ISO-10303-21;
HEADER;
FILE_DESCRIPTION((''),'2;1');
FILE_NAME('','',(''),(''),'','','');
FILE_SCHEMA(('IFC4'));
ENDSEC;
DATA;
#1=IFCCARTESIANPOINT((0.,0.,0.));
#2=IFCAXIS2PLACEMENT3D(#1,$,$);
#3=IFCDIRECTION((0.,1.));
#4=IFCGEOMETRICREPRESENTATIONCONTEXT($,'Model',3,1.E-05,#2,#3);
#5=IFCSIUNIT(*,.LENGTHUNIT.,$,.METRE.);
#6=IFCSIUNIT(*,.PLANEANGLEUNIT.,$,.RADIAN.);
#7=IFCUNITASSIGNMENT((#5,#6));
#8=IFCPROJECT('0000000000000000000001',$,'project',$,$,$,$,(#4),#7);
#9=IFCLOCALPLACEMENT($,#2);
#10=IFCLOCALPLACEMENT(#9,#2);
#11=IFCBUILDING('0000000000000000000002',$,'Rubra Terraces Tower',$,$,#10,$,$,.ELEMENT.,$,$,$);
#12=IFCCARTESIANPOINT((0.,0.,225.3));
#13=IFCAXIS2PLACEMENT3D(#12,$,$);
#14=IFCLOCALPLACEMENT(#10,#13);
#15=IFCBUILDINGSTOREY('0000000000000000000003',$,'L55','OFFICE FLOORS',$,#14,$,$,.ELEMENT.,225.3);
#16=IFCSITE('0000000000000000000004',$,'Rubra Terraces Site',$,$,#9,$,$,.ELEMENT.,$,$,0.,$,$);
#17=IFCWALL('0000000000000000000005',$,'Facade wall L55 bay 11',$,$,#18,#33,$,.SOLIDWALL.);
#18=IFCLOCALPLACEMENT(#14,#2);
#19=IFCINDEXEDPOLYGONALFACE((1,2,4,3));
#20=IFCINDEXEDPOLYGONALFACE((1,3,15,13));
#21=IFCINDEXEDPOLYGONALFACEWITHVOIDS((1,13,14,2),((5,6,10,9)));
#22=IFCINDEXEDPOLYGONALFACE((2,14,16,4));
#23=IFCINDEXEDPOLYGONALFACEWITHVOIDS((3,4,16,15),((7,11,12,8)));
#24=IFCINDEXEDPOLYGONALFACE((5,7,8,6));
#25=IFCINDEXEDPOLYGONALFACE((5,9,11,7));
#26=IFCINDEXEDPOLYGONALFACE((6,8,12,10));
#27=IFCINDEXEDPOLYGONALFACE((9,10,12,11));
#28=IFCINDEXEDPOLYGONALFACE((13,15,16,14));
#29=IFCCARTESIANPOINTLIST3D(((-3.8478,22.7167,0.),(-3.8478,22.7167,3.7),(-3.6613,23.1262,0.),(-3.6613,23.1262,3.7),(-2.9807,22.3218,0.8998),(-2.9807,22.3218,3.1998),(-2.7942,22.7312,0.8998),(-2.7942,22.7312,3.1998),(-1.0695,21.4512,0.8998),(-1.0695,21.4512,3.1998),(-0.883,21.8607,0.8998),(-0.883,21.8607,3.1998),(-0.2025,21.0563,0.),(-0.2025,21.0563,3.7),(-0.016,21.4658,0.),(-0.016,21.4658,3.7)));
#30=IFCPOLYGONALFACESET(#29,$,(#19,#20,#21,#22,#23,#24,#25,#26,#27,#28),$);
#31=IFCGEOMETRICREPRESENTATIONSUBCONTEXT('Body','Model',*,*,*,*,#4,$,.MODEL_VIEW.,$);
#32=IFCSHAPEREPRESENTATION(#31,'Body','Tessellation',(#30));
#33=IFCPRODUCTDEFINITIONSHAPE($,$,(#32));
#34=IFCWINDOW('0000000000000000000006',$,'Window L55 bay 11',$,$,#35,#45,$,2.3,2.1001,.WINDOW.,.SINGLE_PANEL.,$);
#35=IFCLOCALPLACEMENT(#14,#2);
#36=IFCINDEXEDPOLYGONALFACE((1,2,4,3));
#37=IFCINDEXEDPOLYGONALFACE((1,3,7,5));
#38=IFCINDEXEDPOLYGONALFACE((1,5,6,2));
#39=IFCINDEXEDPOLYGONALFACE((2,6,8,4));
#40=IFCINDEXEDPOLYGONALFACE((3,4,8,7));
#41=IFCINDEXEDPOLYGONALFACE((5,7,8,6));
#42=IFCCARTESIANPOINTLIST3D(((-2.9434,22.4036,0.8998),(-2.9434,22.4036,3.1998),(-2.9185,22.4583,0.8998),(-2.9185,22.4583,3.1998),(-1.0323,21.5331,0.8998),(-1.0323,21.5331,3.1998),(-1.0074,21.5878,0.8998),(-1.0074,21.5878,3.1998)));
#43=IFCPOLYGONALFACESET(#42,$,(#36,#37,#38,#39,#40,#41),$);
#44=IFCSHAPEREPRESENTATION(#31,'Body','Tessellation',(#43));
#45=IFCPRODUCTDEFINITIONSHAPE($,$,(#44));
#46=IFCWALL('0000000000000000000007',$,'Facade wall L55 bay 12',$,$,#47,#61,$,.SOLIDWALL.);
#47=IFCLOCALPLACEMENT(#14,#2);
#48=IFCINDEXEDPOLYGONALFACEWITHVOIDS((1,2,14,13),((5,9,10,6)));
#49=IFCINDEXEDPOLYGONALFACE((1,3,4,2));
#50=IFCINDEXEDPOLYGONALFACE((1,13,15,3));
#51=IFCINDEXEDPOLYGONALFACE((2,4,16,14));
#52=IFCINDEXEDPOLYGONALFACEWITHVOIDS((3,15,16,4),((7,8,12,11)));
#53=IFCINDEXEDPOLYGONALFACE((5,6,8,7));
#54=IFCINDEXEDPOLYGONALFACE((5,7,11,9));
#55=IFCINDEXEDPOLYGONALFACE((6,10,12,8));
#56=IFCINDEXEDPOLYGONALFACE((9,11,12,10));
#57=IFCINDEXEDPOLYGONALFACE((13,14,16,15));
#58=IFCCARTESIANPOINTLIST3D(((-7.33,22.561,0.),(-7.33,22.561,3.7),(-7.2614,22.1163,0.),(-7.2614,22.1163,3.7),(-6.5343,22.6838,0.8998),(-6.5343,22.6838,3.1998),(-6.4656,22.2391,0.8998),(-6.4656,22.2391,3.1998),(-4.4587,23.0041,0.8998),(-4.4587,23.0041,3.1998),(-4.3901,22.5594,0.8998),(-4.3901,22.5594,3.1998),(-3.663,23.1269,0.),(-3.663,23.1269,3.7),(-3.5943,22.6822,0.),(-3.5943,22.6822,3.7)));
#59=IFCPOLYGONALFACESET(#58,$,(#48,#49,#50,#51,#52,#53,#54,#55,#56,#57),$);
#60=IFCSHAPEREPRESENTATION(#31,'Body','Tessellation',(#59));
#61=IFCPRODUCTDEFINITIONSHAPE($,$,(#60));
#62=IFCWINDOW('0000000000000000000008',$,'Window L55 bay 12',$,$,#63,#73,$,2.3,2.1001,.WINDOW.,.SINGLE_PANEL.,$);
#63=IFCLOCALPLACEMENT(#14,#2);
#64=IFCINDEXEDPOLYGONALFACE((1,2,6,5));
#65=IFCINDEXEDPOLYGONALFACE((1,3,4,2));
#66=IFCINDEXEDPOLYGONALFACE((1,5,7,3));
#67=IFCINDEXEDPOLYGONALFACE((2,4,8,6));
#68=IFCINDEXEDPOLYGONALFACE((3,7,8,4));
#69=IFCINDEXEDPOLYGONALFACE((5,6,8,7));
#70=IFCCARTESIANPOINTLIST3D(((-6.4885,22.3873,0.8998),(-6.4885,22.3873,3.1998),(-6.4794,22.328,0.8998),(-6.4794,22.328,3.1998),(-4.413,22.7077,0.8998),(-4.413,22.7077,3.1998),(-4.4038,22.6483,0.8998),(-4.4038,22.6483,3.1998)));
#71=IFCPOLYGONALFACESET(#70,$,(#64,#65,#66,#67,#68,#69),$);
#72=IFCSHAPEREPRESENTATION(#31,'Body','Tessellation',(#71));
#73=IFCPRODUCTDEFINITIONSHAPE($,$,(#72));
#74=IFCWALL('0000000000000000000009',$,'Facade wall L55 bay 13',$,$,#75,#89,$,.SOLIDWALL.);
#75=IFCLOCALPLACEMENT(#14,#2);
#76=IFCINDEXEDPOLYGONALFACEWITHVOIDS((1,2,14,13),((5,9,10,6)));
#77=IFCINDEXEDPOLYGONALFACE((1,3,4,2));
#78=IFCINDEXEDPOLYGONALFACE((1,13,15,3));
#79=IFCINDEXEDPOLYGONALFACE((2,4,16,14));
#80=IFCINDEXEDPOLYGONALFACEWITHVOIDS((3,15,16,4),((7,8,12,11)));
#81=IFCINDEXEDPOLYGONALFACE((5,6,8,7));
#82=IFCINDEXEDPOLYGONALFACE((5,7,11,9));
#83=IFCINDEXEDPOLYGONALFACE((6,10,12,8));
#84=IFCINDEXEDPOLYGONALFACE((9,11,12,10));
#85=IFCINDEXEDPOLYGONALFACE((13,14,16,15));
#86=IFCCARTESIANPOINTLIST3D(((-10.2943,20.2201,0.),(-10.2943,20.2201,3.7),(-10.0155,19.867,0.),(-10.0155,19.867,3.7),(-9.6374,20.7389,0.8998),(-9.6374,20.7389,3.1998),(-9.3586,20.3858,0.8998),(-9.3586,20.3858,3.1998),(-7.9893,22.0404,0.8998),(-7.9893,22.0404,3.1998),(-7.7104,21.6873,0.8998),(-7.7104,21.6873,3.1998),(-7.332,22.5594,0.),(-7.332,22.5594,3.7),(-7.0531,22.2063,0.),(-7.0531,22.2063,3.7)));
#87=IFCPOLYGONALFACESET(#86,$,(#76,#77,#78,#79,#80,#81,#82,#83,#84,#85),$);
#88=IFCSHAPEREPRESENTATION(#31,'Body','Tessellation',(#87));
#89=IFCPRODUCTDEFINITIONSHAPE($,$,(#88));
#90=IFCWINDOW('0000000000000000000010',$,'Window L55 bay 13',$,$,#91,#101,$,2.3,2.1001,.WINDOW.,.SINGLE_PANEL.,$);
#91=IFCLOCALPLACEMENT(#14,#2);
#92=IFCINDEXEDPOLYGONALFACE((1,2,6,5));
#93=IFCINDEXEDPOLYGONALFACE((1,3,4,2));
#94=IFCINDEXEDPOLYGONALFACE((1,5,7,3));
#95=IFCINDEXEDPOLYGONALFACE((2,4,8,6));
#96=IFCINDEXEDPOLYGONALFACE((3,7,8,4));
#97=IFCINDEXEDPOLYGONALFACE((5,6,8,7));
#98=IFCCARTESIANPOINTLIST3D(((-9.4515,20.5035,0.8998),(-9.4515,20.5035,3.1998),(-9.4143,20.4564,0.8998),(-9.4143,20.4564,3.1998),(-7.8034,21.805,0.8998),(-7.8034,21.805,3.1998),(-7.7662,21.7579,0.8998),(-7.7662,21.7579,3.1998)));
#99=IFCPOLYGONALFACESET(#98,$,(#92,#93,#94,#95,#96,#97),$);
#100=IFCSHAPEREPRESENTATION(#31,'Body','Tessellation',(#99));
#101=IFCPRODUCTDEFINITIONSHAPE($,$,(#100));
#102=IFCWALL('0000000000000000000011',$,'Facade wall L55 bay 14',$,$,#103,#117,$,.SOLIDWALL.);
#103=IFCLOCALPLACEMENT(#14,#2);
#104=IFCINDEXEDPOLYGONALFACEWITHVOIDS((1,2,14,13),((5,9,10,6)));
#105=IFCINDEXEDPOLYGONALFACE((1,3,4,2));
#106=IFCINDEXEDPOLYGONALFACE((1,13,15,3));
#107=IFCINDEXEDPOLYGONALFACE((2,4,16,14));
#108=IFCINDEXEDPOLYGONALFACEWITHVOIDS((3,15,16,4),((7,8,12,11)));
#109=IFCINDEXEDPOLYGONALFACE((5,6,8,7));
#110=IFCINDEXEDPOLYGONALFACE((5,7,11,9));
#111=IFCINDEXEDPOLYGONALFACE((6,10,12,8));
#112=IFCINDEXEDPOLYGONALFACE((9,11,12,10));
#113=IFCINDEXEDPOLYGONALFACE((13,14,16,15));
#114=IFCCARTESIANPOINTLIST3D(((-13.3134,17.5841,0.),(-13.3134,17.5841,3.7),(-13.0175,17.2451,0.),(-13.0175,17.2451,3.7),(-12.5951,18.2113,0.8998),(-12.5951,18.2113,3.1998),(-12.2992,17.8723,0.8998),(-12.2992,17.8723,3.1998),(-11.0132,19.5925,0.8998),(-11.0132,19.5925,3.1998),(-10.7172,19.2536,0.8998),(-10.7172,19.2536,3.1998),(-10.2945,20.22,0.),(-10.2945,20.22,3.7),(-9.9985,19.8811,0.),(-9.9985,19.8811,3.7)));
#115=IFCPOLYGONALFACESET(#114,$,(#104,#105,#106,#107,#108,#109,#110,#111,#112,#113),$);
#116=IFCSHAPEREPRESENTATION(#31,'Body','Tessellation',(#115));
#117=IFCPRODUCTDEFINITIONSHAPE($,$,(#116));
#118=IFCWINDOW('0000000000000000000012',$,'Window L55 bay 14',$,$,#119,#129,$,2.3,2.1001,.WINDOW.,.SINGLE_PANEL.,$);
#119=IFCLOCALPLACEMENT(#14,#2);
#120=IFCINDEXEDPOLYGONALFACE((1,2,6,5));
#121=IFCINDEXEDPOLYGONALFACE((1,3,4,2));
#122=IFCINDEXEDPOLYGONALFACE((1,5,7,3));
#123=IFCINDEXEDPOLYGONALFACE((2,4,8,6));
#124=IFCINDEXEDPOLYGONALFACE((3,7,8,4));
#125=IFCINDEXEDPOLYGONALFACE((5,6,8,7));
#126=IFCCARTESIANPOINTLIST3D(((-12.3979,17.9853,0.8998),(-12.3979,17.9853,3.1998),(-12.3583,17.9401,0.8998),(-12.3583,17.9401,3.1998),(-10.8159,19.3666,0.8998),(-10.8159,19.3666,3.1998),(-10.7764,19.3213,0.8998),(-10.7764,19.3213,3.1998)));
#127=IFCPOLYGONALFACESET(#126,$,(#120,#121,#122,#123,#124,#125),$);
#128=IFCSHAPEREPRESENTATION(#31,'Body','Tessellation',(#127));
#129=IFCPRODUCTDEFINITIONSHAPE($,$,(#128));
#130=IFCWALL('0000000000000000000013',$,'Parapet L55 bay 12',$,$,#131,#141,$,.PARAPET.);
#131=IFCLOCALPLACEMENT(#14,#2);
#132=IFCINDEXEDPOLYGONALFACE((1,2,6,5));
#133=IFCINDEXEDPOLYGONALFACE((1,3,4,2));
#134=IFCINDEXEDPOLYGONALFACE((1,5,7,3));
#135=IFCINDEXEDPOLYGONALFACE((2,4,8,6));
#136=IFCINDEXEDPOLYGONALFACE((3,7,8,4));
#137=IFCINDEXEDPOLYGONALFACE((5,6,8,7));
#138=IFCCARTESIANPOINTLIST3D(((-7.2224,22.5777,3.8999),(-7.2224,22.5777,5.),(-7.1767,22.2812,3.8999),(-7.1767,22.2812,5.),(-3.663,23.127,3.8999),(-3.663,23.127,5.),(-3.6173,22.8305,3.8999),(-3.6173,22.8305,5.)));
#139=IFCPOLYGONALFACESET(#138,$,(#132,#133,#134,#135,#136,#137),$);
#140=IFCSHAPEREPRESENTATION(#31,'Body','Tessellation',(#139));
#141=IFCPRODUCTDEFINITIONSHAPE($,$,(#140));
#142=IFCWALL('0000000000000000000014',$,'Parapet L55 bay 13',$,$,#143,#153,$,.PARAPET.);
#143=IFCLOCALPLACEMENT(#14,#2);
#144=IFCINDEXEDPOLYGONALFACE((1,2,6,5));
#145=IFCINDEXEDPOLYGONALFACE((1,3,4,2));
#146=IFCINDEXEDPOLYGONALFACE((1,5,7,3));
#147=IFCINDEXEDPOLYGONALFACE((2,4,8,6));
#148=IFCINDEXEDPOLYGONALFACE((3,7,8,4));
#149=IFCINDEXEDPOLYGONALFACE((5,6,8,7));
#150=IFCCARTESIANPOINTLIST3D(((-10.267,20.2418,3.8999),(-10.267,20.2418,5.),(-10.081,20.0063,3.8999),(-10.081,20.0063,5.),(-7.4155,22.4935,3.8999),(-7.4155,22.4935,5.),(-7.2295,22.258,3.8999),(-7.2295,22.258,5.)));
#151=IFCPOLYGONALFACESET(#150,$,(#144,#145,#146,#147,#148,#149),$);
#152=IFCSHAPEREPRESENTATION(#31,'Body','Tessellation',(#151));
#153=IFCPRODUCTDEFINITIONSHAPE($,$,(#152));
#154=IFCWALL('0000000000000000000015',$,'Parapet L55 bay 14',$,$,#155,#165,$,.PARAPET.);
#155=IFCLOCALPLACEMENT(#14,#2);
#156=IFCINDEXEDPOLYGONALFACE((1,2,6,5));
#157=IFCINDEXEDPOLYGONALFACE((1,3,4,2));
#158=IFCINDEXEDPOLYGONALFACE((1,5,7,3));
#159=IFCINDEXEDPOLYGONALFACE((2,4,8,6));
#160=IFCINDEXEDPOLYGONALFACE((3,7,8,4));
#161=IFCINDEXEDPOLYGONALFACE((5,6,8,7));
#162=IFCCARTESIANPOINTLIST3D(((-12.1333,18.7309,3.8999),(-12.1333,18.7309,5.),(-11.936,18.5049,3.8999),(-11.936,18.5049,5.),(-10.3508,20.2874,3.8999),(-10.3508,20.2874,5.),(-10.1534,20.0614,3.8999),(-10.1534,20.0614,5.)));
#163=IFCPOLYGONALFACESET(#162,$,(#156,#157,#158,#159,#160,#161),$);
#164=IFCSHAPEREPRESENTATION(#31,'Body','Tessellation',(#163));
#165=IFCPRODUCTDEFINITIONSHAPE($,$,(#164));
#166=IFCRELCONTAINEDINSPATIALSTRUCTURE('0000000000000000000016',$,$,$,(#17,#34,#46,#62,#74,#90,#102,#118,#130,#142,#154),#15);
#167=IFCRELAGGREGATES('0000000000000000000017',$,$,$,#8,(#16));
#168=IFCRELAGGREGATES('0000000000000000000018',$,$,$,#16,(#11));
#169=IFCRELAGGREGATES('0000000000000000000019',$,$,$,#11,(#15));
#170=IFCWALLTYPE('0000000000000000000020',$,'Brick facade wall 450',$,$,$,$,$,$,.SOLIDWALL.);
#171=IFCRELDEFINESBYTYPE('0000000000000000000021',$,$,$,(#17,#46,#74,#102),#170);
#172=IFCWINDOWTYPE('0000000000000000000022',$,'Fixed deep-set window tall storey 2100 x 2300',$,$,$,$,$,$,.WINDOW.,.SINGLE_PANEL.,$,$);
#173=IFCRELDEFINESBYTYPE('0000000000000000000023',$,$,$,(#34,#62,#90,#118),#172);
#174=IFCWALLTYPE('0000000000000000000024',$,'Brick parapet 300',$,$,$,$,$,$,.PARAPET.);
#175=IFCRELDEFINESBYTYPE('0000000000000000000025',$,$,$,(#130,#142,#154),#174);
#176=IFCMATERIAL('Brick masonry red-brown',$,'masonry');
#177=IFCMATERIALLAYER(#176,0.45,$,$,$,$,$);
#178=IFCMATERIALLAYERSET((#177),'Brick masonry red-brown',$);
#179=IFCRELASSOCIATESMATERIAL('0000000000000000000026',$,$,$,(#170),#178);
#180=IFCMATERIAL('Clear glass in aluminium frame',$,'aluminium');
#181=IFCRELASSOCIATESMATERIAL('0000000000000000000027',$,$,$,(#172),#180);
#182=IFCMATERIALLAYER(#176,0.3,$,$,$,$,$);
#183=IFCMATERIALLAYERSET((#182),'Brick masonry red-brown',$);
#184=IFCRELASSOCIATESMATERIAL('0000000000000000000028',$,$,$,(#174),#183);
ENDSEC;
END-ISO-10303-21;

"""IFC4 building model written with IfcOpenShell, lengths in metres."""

from ifc_helpers import new_model, si_unit, direction, frame, frame_2d, origin, place, context, subcontext, project, spatial, rectangle, extrude, material, layer, layer_set, type_object, element, fill, save


model = new_model("IFC4")

# Units and contexts
model_context = context("Model", 3, precision=1e-05, world=origin(), true_north=direction((0.0, 1.0)))
body_context = subcontext(model_context, "Body", "Model", "MODEL_VIEW")
ifc_project = project(units=[si_unit("LENGTHUNIT", "METRE"), si_unit("PLANEANGLEUNIT", "RADIAN")], contexts=[model_context])

# Site, building, storey
site_placement = place(None, origin())
site = spatial("IfcSite", under=ifc_project, at=site_placement, Name="Rubra Terraces Site", CompositionType="ELEMENT", RefElevation=0.0)
building_placement = place(site_placement, origin())
building = spatial("IfcBuilding", under=site, at=building_placement, Name="Rubra Terraces Tower", CompositionType="ELEMENT")
storey_placement = place(building_placement, frame((0.0, 0.0, 225.3)))
storey = spatial("IfcBuildingStorey", under=building, at=storey_placement, Name="L55", Description="OFFICE FLOORS", CompositionType="ELEMENT", Elevation=225.3)

# Walls, openings, windows
ifc_material_1 = material(Name="Brick masonry red-brown", Category="masonry")
ifc_layer_1 = layer(ifc_material_1, 0.45)
ifc_layer_set_1 = layer_set([ifc_layer_1], Name="Brick masonry red-brown")
wall_type_1 = type_object("IfcWallType", Name="Brick facade wall 450", PredefinedType="SOLIDWALL", material=ifc_layer_set_1)
wall_1_placement = place(storey_placement, frame((-0.1091, 21.261, 0.0), z_axis=(0.0, 0.0, 1.0), x_axis=(-0.910041, 0.414519, 0.0)))
wall_1 = element("IfcWall", 1, at=wall_1_placement, inside=storey, type_object=wall_type_1, Name="Facade wall L55 bay 11", PredefinedType="SOLIDWALL", context=body_context, shape_type="SweptSolid", body=[
    extrude(rectangle(XDim=4.0056, YDim=0.45, at=frame_2d((2.0029, 0.0))), origin(), (0.0, 0.0, 1.0), 3.7),
])
opening_1_placement = place(wall_1_placement, frame((0.9529, 0.0, 0.8999)))
opening_1 = element("IfcOpeningElement", 2, at=opening_1_placement, cuts=wall_1, PredefinedType="OPENING", context=body_context, shape_type="SweptSolid", body=[
    extrude(rectangle(XDim=2.1001, YDim=2.3, at=frame_2d((1.05, 1.1499))), frame((0.0, 0.2349, 0.0), z_axis=(0.0, -1.0, 0.0), x_axis=(1.0, 0.0, 0.0)), (0.0, 0.0, 1.0), 0.47),
])
ifc_material_2 = material(Name="Clear glass in aluminium frame", Category="aluminium")
window_type = type_object("IfcWindowType", Name="Fixed deep-set window tall storey 2100 x 2300", PartitioningType="SINGLE_PANEL", PredefinedType="WINDOW", material=ifc_material_2)
window_1_placement = place(opening_1_placement, origin())
window_1 = element("IfcWindow", 3, at=window_1_placement, inside=storey, type_object=window_type, Name="Window L55 bay 11", OverallHeight=2.3, OverallWidth=2.1001, PartitioningType="SINGLE_PANEL", PredefinedType="WINDOW", context=body_context, shape_type="SweptSolid", body=[
    extrude(rectangle(XDim=2.1001, YDim=2.3, at=frame_2d((1.05, 1.1499))), frame((0.0, 0.135, 0.0), z_axis=(0.0, -1.0, 0.0), x_axis=(1.0, 0.0, 0.0)), (0.0, 0.0, 1.0), 0.0601),
])
fill(opening_1, window_1)
wall_2_placement = place(storey_placement, frame((-3.6287, 22.9045, 0.0), z_axis=(0.0, 0.0, 1.0), x_axis=(-0.9883, -0.152522, 0.0)))
wall_2 = element("IfcWall", 4, at=wall_2_placement, inside=storey, type_object=wall_type_1, Name="Facade wall L55 bay 12", PredefinedType="SOLIDWALL", context=body_context, shape_type="SweptSolid", body=[
    extrude(rectangle(XDim=3.7104, YDim=0.45, at=frame_2d((1.8552, 0.0))), origin(), (0.0, 0.0, 1.0), 3.7),
])
opening_2_placement = place(wall_2_placement, frame((0.8052, 0.0, 0.8999)))
opening_2 = element("IfcOpeningElement", 5, at=opening_2_placement, cuts=wall_2, PredefinedType="OPENING", context=body_context, shape_type="SweptSolid", body=[
    extrude(rectangle(XDim=2.1001, YDim=2.3, at=frame_2d((1.05, 1.1499))), frame((0.0, 0.2349, 0.0), z_axis=(0.0, -1.0, 0.0), x_axis=(1.0, 0.0, 0.0)), (0.0, 0.0, 1.0), 0.47),
])
window_2_placement = place(opening_2_placement, origin())
window_2 = element("IfcWindow", 6, at=window_2_placement, inside=storey, type_object=window_type, Name="Window L55 bay 12", OverallHeight=2.3, OverallWidth=2.1001, PartitioningType="SINGLE_PANEL", PredefinedType="WINDOW", context=body_context, shape_type="SweptSolid", body=[
    extrude(rectangle(XDim=2.1001, YDim=2.3, at=frame_2d((1.05, 1.1499))), frame((0.0, 0.135, 0.0), z_axis=(0.0, -1.0, 0.0), x_axis=(1.0, 0.0, 0.0)), (0.0, 0.0, 1.0), 0.0601),
])
fill(opening_2, window_2)
wall_3_placement = place(storey_placement, frame((-7.1926, 22.3828, 0.0), z_axis=(0.0, 0.0, 1.0), x_axis=(-0.784803, -0.619745, 0.0)))
wall_3 = element("IfcWall", 7, at=wall_3_placement, inside=storey, type_object=wall_type_1, Name="Facade wall L55 bay 13", PredefinedType="SOLIDWALL", context=body_context, shape_type="SweptSolid", body=[
    extrude(rectangle(XDim=3.7747, YDim=0.45, at=frame_2d((1.8872, 0.0))), origin(), (0.0, 0.0, 1.0), 3.7),
])
opening_3_placement = place(wall_3_placement, frame((0.8374, 0.0, 0.8999)))
opening_3 = element("IfcOpeningElement", 8, at=opening_3_placement, cuts=wall_3, PredefinedType="OPENING", context=body_context, shape_type="SweptSolid", body=[
    extrude(rectangle(XDim=2.1001, YDim=2.3, at=frame_2d((1.05, 1.1499))), frame((0.0, 0.2349, 0.0), z_axis=(0.0, -1.0, 0.0), x_axis=(1.0, 0.0, 0.0)), (0.0, 0.0, 1.0), 0.47),
])
window_3_placement = place(opening_3_placement, origin())
window_3 = element("IfcWindow", 9, at=window_3_placement, inside=storey, type_object=window_type, Name="Window L55 bay 13", OverallHeight=2.3, OverallWidth=2.1001, PartitioningType="SINGLE_PANEL", PredefinedType="WINDOW", context=body_context, shape_type="SweptSolid", body=[
    extrude(rectangle(XDim=2.1001, YDim=2.3, at=frame_2d((1.05, 1.1499))), frame((0.0, 0.135, 0.0), z_axis=(0.0, -1.0, 0.0), x_axis=(1.0, 0.0, 0.0)), (0.0, 0.0, 1.0), 0.0601),
])
fill(opening_3, window_3)
wall_4_placement = place(storey_placement, frame((-10.1465, 20.0505, 0.0), z_axis=(0.0, 0.0, 1.0), x_axis=(-0.753278, -0.657702, 0.0)))
wall_4 = element("IfcWall", 10, at=wall_4_placement, inside=storey, type_object=wall_type_1, Name="Facade wall L55 bay 14", PredefinedType="SOLIDWALL", context=body_context, shape_type="SweptSolid", body=[
    extrude(rectangle(XDim=4.0078, YDim=0.45, at=frame_2d((2.0039, 0.0))), origin(), (0.0, 0.0, 1.0), 3.7),
])
opening_4_placement = place(wall_4_placement, frame((0.9541, 0.0, 0.8999)))
opening_4 = element("IfcOpeningElement", 11, at=opening_4_placement, cuts=wall_4, PredefinedType="OPENING", context=body_context, shape_type="SweptSolid", body=[
    extrude(rectangle(XDim=2.1001, YDim=2.3, at=frame_2d((1.05, 1.1499))), frame((0.0, 0.2349, 0.0), z_axis=(0.0, -1.0, 0.0), x_axis=(1.0, 0.0, 0.0)), (0.0, 0.0, 1.0), 0.47),
])
window_4_placement = place(opening_4_placement, origin())
window_4 = element("IfcWindow", 12, at=window_4_placement, inside=storey, type_object=window_type, Name="Window L55 bay 14", OverallHeight=2.3, OverallWidth=2.1001, PartitioningType="SINGLE_PANEL", PredefinedType="WINDOW", context=body_context, shape_type="SweptSolid", body=[
    extrude(rectangle(XDim=2.1001, YDim=2.3, at=frame_2d((1.05, 1.1499))), frame((0.0, 0.135, 0.0), z_axis=(0.0, -1.0, 0.0), x_axis=(1.0, 0.0, 0.0)), (0.0, 0.0, 1.0), 0.0601),
])
fill(opening_4, window_4)

# Walls
ifc_layer_2 = layer(ifc_material_1, 0.3)
ifc_layer_set_2 = layer_set([ifc_layer_2], Name="Brick masonry red-brown")
wall_type_2 = type_object("IfcWallType", Name="Brick parapet 300", PredefinedType="PARAPET", material=ifc_layer_set_2)
wall_5_placement = place(storey_placement, frame((-3.6401, 22.9788, 3.8999), z_axis=(0.0, 0.0, 1.0), x_axis=(-0.988299, -0.152526, 0.0)))
element("IfcWall", 13, at=wall_5_placement, inside=storey, type_object=wall_type_2, Name="Parapet L55 bay 12", PredefinedType="PARAPET", context=body_context, shape_type="SweptSolid", body=[
    extrude(rectangle(XDim=3.6016, YDim=0.3, at=frame_2d((1.8008, 0.0))), origin(), (0.0, 0.0, 1.0), 1.1001),
])
wall_6_placement = place(storey_placement, frame((-7.3225, 22.3757, 3.8999), z_axis=(0.0, 0.0, 1.0), x_axis=(-0.784819, -0.619725, 0.0)))
element("IfcWall", 14, at=wall_6_placement, inside=storey, type_object=wall_type_2, Name="Parapet L55 bay 13", PredefinedType="PARAPET", context=body_context, shape_type="SweptSolid", body=[
    extrude(rectangle(XDim=3.6333, YDim=0.3, at=frame_2d((1.8167, 0.0))), origin(), (0.0, 0.0, 1.0), 1.1001),
])
wall_7_placement = place(storey_placement, frame((-10.2522, 20.1743, 3.8999), z_axis=(0.0, 0.0, 1.0), x_axis=(-0.75326, -0.657723, 0.0)))
element("IfcWall", 15, at=wall_7_placement, inside=storey, type_object=wall_type_2, Name="Parapet L55 bay 14", PredefinedType="PARAPET", context=body_context, shape_type="SweptSolid", body=[
    extrude(rectangle(XDim=2.3665, YDim=0.3, at=frame_2d((1.1831, 0.0))), origin(), (0.0, 0.0, 1.0), 1.1001),
])

save(model, "model.ifc")
